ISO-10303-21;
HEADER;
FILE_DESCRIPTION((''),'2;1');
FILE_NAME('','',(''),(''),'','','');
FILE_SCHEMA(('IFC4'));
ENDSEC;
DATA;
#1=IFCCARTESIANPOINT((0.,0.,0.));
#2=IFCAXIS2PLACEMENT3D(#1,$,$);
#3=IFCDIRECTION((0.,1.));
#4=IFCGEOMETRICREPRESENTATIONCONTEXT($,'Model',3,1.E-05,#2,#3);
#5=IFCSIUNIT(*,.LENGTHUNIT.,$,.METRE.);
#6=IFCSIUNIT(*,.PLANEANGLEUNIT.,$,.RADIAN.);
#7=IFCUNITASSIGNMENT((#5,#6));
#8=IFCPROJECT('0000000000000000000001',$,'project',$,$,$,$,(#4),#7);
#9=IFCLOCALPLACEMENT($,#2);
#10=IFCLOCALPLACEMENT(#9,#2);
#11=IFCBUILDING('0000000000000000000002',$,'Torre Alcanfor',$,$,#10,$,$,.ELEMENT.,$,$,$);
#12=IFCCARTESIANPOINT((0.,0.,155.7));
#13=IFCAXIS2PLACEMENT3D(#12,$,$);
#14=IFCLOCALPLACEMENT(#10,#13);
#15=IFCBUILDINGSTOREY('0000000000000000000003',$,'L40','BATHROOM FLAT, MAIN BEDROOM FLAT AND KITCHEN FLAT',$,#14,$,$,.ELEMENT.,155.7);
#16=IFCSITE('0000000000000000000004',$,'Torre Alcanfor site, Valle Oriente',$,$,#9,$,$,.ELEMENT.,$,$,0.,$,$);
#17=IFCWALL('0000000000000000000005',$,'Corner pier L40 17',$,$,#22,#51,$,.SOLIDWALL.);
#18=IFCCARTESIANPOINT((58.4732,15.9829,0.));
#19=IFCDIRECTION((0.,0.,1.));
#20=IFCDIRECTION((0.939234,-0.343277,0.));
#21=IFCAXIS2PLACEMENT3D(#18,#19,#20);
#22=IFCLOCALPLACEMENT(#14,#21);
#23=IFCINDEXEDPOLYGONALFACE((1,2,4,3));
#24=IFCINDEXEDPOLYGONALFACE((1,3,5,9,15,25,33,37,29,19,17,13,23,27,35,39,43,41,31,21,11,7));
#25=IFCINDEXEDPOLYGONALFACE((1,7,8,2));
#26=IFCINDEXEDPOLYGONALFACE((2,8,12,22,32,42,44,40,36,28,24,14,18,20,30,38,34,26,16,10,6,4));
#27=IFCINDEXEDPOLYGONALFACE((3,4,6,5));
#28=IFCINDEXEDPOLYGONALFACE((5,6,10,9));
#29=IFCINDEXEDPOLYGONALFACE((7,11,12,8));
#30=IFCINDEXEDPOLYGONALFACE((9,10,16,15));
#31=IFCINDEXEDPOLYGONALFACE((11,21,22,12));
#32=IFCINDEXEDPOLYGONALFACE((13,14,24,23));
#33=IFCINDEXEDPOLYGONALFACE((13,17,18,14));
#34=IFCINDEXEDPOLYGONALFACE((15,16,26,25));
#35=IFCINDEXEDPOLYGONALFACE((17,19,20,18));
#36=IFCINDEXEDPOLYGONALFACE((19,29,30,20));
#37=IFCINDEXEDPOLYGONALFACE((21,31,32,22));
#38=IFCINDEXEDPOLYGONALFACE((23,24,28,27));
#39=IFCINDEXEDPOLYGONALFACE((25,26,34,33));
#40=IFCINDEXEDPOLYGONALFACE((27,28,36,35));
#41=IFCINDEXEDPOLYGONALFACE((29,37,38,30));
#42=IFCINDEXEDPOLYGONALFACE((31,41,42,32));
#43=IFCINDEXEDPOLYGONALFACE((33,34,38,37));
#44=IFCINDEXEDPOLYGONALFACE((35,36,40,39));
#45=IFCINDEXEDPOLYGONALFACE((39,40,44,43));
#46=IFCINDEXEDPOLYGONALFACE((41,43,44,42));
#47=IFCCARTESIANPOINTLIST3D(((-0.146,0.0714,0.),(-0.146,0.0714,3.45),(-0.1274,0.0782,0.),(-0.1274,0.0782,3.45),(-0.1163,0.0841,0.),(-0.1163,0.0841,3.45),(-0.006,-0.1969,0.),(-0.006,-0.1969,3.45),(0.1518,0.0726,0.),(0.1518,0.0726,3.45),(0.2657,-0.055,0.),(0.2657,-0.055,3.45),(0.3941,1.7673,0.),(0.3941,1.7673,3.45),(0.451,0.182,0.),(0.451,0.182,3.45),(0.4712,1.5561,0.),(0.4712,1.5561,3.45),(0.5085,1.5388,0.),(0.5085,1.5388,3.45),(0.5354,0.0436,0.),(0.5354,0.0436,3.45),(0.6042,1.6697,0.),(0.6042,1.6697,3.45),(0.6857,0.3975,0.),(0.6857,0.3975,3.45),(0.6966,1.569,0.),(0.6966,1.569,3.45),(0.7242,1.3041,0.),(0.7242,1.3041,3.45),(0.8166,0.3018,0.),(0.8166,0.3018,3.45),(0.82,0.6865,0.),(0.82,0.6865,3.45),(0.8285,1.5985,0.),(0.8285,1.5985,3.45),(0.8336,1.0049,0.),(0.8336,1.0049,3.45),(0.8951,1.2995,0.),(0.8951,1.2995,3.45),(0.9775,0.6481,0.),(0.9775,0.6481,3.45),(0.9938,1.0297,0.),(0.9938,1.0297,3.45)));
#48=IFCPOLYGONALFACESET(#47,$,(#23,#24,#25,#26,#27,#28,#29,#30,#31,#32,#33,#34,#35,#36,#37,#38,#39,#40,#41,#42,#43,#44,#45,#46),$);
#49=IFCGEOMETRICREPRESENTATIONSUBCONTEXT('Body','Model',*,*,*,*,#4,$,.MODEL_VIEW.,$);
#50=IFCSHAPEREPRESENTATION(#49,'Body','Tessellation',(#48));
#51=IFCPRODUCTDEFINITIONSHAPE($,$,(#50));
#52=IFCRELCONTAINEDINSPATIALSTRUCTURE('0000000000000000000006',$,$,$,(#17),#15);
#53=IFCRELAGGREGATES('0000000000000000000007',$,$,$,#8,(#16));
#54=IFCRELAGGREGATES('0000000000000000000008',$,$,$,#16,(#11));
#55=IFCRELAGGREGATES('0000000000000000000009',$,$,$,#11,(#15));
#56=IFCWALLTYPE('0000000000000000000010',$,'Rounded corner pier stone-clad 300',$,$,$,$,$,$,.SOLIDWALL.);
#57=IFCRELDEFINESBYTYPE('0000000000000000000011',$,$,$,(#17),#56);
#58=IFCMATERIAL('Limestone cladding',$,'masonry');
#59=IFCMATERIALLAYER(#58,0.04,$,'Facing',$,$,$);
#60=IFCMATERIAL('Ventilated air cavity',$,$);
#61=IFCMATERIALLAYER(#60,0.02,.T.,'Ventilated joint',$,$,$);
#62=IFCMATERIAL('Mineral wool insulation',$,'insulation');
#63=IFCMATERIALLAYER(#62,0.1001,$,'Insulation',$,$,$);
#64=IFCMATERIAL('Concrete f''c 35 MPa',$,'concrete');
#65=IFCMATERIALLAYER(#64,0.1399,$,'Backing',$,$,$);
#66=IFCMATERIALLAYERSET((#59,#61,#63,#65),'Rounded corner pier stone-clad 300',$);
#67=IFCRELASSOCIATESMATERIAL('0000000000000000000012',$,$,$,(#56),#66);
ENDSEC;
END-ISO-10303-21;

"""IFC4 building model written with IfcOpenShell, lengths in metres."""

from ifc_helpers import new_model, si_unit, direction, frame, origin, place, context, subcontext, project, spatial, polyline, outline, extrude, material, layer, layer_set, type_object, element, save


model = new_model("IFC4")

# Units and contexts
model_context = context("Model", 3, precision=1e-05, world=origin(), true_north=direction((0.0, 1.0)))
body_context = subcontext(model_context, "Body", "Model", "MODEL_VIEW")
ifc_project = project(units=[si_unit("LENGTHUNIT", "METRE"), si_unit("PLANEANGLEUNIT", "RADIAN")], contexts=[model_context])

# Site, building, storey
site_placement = place(None, origin())
site = spatial("IfcSite", under=ifc_project, at=site_placement, Name="Torre Alcanfor site, Valle Oriente", CompositionType="ELEMENT", RefElevation=0.0)
building_placement = place(site_placement, origin())
building = spatial("IfcBuilding", under=site, at=building_placement, Name="Torre Alcanfor", CompositionType="ELEMENT")
storey_placement = place(building_placement, frame((0.0, 0.0, 155.7)))
storey = spatial("IfcBuildingStorey", under=building, at=storey_placement, Name="L40", Description="BATHROOM FLAT, MAIN BEDROOM FLAT AND KITCHEN FLAT", CompositionType="ELEMENT", Elevation=155.7)

# Wall
ifc_material_1 = material(Name="Limestone cladding", Category="masonry")
ifc_layer_1 = layer(ifc_material_1, 0.04, Name="Facing")
ifc_material_2 = material(Name="Ventilated air cavity")
ifc_layer_2 = layer(ifc_material_2, 0.02, ventilated=True, Name="Ventilated joint")
ifc_material_3 = material(Name="Mineral wool insulation", Category="insulation")
ifc_layer_3 = layer(ifc_material_3, 0.1001, Name="Insulation")
ifc_material_4 = material(Name="Concrete f'c 35 MPa", Category="concrete")
ifc_layer_4 = layer(ifc_material_4, 0.1399, Name="Backing")
ifc_layer_set_1 = layer_set([ifc_layer_1, ifc_layer_2, ifc_layer_3, ifc_layer_4], Name="Rounded corner pier stone-clad 300")
wall_type_1 = type_object("IfcWallType", Name="Rounded corner pier stone-clad 300", PredefinedType="SOLIDWALL", material=ifc_layer_set_1)
wall_1_placement = place(storey_placement, frame((58.4732, 15.9829, 0.0), z_axis=(0.0, 0.0, 1.0), x_axis=(0.939234, -0.343277, 0.0)))
element("IfcWall", 1, at=wall_1_placement, inside=storey, type_object=wall_type_1, Name="Corner pier L40 17", PredefinedType="SOLIDWALL", context=body_context, shape_type="SweptSolid", body=[
    extrude(outline(polyline([(0.8285, 1.5985), (0.6966, 1.569), (0.6042, 1.6697), (0.3941, 1.7673), (0.4712, 1.5561), (0.5085, 1.5388), (0.7242, 1.3041), (0.8336, 1.0049), (0.82, 0.6865), (0.6857, 0.3975), (0.451, 0.182), (0.1518, 0.0726), (-0.1163, 0.0841), (-0.1274, 0.0782), (-0.146, 0.0714), (-0.006, -0.1969), (0.2657, -0.055), (0.5354, 0.0436), (0.8166, 0.3018), (0.9775, 0.6481), (0.9938, 1.0297), (0.8951, 1.2995), (0.8285, 1.5985)])), origin(), (0.0, 0.0, 1.0), 3.45),
])

save(model, "model.ifc")
